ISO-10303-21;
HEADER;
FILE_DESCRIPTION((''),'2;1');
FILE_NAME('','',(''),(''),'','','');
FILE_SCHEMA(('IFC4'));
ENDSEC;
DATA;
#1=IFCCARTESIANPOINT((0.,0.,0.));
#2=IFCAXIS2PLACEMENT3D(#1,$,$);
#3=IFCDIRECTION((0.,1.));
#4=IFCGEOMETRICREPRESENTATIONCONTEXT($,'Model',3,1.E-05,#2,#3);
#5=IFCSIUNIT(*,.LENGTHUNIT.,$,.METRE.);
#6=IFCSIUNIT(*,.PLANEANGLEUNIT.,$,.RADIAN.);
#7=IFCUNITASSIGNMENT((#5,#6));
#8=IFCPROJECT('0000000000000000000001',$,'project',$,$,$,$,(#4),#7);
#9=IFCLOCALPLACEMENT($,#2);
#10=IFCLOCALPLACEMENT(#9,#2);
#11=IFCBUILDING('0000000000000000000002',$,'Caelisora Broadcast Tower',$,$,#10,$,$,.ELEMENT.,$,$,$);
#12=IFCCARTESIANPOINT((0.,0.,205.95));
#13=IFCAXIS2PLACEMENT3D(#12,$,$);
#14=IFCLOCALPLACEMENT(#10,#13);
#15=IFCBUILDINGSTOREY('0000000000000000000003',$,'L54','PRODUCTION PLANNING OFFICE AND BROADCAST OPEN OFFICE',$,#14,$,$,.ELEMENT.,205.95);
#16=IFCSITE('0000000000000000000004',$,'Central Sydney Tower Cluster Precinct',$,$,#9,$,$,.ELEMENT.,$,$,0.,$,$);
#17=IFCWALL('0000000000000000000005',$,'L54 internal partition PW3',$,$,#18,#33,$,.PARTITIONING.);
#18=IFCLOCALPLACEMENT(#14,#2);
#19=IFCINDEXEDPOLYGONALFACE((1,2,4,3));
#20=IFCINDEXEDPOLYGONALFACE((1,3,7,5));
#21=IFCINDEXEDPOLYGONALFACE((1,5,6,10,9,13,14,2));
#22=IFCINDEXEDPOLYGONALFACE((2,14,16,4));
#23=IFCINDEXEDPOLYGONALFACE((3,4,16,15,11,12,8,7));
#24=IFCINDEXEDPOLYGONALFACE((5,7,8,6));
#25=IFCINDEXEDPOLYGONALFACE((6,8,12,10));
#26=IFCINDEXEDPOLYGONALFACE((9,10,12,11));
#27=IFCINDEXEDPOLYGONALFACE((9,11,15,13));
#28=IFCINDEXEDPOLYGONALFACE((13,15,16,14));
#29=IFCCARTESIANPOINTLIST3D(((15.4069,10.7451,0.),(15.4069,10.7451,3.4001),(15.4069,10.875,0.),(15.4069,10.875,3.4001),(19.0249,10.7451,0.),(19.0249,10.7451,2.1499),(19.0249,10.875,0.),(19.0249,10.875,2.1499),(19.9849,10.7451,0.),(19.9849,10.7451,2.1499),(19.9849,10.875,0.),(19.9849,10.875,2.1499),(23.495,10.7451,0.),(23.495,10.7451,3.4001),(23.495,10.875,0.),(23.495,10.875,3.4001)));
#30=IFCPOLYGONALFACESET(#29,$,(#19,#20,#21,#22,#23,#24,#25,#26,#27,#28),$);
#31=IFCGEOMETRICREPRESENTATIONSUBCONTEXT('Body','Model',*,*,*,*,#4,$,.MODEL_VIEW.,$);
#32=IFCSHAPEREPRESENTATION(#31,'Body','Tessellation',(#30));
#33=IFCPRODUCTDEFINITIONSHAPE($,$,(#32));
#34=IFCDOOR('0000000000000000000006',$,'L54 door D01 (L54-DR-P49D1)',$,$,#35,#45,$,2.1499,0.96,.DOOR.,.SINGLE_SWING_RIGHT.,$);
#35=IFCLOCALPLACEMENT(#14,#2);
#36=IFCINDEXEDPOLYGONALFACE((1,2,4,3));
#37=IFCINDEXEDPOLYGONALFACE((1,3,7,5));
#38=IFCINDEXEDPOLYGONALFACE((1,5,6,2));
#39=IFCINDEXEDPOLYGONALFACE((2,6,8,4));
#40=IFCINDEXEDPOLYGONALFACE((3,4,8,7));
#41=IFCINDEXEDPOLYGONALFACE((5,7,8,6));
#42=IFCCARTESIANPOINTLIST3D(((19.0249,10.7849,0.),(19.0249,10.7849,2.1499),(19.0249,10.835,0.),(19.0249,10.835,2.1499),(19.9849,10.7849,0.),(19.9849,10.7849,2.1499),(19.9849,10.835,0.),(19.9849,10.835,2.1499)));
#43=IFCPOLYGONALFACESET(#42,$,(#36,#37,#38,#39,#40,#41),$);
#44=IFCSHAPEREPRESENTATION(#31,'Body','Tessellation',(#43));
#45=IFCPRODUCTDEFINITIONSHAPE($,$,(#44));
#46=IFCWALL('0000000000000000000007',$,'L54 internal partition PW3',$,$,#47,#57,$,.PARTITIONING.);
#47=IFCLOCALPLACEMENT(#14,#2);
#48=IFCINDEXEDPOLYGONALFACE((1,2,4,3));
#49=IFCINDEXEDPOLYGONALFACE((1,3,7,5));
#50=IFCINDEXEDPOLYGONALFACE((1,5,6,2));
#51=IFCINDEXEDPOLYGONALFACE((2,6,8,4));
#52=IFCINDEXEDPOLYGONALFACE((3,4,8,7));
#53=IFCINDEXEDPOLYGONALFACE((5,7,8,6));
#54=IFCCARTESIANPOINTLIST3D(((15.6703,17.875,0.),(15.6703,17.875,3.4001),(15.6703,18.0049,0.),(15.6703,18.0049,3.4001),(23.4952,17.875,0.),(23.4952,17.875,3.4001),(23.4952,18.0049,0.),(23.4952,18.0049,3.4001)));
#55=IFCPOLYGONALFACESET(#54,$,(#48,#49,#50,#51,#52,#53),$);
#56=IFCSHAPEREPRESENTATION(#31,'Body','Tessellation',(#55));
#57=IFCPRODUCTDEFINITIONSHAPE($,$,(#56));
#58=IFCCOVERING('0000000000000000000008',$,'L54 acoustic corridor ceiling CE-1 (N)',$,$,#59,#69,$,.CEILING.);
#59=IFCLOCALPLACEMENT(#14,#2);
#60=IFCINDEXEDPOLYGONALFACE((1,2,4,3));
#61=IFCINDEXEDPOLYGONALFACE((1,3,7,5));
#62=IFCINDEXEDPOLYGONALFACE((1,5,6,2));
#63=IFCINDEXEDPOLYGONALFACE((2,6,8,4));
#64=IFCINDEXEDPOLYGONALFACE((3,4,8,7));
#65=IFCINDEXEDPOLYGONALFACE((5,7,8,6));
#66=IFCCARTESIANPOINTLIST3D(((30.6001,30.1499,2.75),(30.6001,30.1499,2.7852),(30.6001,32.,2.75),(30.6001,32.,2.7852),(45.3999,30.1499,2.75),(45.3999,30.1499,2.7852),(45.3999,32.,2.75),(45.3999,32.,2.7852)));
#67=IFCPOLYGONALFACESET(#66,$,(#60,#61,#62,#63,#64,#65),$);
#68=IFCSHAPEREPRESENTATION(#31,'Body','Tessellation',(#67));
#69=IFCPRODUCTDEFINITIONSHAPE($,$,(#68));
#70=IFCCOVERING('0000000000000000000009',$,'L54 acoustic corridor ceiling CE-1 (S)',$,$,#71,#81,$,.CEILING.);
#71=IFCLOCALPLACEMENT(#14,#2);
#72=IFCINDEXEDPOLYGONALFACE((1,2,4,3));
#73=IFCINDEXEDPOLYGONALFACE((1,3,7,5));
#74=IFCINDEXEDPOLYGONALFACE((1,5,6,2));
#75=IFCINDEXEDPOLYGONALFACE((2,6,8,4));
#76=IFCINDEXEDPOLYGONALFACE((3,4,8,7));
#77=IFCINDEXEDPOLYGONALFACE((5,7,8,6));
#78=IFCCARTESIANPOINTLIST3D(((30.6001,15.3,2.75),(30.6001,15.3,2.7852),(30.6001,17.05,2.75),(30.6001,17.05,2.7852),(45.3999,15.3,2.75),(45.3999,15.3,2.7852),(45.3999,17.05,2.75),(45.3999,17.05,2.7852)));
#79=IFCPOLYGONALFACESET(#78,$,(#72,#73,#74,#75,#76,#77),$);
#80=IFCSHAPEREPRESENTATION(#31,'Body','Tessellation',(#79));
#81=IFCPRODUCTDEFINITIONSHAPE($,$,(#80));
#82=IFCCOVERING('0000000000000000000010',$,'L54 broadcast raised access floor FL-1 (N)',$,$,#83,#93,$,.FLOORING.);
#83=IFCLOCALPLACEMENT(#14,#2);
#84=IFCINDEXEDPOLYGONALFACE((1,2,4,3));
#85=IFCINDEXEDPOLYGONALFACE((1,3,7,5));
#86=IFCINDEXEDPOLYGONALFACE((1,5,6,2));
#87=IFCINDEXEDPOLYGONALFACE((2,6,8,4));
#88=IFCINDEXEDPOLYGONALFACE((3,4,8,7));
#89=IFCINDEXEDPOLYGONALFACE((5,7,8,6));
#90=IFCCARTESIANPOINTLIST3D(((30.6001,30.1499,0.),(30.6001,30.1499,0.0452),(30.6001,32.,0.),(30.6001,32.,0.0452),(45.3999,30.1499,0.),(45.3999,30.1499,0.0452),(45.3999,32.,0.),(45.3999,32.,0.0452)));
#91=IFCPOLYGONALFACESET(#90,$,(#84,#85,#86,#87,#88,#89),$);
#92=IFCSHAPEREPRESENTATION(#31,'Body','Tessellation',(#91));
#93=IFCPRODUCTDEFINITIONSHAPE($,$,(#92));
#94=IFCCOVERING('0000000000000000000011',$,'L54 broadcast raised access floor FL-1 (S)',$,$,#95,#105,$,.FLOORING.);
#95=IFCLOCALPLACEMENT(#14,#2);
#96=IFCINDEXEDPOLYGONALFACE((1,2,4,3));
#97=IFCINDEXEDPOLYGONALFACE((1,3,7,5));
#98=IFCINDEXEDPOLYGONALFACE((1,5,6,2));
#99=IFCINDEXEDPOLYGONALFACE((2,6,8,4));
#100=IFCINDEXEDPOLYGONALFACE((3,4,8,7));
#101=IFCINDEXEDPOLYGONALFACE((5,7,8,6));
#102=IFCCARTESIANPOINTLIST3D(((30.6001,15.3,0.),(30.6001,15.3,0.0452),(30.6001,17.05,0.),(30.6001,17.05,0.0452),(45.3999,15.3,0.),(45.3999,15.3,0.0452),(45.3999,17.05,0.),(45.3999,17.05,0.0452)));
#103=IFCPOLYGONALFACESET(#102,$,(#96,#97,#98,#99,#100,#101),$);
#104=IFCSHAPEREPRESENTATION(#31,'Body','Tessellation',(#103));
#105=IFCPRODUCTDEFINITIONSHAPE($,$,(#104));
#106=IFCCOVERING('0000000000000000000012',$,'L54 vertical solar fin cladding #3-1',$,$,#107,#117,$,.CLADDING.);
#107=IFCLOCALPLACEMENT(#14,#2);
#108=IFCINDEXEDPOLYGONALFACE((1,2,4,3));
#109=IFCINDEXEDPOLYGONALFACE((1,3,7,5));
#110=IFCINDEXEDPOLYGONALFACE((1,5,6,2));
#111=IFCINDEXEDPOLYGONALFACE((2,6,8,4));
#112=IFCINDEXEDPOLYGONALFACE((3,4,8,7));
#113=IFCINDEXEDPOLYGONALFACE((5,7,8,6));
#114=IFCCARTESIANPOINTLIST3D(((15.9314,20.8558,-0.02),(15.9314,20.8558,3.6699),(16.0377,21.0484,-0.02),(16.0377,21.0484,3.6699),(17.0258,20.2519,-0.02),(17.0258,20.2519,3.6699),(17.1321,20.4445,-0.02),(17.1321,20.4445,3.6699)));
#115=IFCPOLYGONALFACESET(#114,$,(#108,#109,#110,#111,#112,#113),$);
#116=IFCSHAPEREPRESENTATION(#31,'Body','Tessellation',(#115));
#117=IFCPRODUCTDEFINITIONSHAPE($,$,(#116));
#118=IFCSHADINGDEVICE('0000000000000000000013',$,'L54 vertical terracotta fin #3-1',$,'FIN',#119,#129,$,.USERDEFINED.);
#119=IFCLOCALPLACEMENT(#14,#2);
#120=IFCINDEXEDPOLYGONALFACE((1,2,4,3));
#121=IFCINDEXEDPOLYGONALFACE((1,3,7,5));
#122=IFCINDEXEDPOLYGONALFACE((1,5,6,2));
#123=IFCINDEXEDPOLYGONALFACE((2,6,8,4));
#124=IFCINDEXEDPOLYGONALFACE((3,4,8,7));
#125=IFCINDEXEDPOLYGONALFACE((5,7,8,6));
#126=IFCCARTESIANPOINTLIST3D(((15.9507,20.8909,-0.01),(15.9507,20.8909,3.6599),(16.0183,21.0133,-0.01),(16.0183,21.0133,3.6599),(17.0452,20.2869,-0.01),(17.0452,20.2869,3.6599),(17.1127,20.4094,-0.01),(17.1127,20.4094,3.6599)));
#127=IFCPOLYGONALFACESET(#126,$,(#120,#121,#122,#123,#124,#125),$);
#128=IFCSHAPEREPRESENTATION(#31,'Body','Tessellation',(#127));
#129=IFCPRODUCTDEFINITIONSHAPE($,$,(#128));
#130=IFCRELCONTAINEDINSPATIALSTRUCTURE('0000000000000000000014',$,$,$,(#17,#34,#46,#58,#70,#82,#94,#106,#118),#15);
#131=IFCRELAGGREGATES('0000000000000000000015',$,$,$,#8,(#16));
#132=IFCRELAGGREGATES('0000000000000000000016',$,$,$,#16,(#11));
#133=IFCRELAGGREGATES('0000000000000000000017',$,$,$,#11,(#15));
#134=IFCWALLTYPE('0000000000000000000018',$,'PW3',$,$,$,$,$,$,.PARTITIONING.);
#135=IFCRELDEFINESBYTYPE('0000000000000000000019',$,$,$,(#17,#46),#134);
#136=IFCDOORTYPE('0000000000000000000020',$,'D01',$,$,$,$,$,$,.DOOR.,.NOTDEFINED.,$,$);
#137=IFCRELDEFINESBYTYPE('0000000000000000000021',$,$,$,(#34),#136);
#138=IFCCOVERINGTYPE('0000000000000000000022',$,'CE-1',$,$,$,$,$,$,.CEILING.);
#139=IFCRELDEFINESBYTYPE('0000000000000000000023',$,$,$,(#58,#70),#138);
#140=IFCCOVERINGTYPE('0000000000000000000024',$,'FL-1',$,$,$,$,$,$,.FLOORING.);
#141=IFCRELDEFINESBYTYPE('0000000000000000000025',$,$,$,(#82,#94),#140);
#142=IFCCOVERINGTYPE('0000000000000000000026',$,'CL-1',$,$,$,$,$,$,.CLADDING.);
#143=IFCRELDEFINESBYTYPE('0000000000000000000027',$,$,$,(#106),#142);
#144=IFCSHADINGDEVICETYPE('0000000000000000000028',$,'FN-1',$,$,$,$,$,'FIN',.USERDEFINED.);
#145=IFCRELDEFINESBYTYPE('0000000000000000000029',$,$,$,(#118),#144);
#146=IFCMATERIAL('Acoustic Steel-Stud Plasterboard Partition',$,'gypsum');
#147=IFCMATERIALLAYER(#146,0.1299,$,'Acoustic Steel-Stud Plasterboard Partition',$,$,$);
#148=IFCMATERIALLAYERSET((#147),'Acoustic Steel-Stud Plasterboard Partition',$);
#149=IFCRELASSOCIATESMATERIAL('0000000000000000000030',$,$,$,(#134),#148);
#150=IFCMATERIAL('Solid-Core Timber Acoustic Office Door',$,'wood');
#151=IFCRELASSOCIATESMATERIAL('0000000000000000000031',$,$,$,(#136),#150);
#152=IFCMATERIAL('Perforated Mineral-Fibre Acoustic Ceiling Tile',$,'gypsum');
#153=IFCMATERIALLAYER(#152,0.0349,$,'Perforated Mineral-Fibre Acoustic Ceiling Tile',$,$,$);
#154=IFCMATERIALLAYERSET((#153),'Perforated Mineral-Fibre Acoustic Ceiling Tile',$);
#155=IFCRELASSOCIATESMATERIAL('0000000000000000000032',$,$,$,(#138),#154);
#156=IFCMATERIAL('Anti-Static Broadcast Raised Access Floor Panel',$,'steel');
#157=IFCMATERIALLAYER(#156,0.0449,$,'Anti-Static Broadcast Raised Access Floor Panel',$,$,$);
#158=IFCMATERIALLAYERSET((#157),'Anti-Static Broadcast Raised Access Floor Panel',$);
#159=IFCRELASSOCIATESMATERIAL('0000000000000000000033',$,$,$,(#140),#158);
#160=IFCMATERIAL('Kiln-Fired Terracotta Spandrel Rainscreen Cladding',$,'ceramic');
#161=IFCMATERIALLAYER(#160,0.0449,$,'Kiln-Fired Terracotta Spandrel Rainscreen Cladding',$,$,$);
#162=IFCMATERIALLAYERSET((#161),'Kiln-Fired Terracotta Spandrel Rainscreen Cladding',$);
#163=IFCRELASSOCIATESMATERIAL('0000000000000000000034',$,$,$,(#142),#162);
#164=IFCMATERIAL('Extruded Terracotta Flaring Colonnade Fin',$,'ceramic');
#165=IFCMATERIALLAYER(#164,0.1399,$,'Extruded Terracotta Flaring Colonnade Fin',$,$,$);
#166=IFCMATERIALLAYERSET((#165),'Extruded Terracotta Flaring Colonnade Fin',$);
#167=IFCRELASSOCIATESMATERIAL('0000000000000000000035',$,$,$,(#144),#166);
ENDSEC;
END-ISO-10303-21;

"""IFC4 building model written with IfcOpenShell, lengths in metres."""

from ifc_helpers import new_model, si_unit, direction, frame, frame_2d, origin, origin_2d, place, context, subcontext, project, spatial, polyline, rectangle, outline, extrude, source, transform, mapped, material, layer, layer_set, type_object, type_shapes, element, fill, save


model = new_model("IFC4")

# Units and contexts
model_context = context("Model", 3, precision=1e-05, world=origin(), true_north=direction((0.0, 1.0)))
body_context = subcontext(model_context, "Body", "Model", "MODEL_VIEW")
ifc_project = project(units=[si_unit("LENGTHUNIT", "METRE"), si_unit("PLANEANGLEUNIT", "RADIAN")], contexts=[model_context])

# Site, building, storey
site_placement = place(None, origin())
site = spatial("IfcSite", under=ifc_project, at=site_placement, Name="Central Sydney Tower Cluster Precinct", CompositionType="ELEMENT", RefElevation=0.0)
building_placement = place(site_placement, origin())
building = spatial("IfcBuilding", under=site, at=building_placement, Name="Caelisora Broadcast Tower", CompositionType="ELEMENT")
storey_placement = place(building_placement, frame((0.0, 0.0, 205.95)))
storey = spatial("IfcBuildingStorey", under=building, at=storey_placement, Name="L54", Description="PRODUCTION PLANNING OFFICE AND BROADCAST OPEN OFFICE", CompositionType="ELEMENT", Elevation=205.95)

# Wall, opening, door
ifc_material_1 = material(Name="Acoustic Steel-Stud Plasterboard Partition", Category="gypsum")
ifc_layer_1 = layer(ifc_material_1, 0.1299, Name="Acoustic Steel-Stud Plasterboard Partition")
ifc_layer_set_1 = layer_set([ifc_layer_1], Name="Acoustic Steel-Stud Plasterboard Partition")
wall_type_1 = type_object("IfcWallType", Name="PW3", PredefinedType="PARTITIONING", material=ifc_layer_set_1)
ifc_material_2 = material(Name="Solid-Core Timber Acoustic Office Door", Category="wood")
door_type = type_object("IfcDoorType", Name="D01", OperationType="NOTDEFINED", PredefinedType="DOOR", material=ifc_material_2)
wall_1_placement = place(storey_placement, frame((15.407, 10.8101, 0.0), z_axis=(0.0, 0.0, 1.0), x_axis=(1.0, 0.0, 0.0)))
wall_1 = element("IfcWall", 1, at=wall_1_placement, inside=storey, type_object=wall_type_1, Name="L54 internal partition PW3", PredefinedType="PARTITIONING", context=body_context, shape_type="SweptSolid", body=[
    extrude(rectangle(XDim=8.0881, YDim=0.1299, at=frame_2d((4.0439, 0.0))), origin(), (0.0, 0.0, 1.0), 3.4001),
])
opening_1_placement = place(wall_1_placement, frame((3.6179, 0.0, 0.0)))
opening_1 = element("IfcOpeningElement", 2, at=opening_1_placement, cuts=wall_1, PredefinedType="OPENING", context=body_context, shape_type="SweptSolid", body=[
    extrude(rectangle(XDim=0.96, YDim=2.1499, at=frame_2d((0.48, 1.075))), frame((0.0, 0.0769, 0.0), z_axis=(0.0, -1.0, 0.0), x_axis=(1.0, 0.0, 0.0)), (0.0, 0.0, 1.0), 0.1538),
])
door_1_placement = place(opening_1_placement, origin())
door_1 = element("IfcDoor", 3, at=door_1_placement, inside=storey, type_object=door_type, Name="L54 door D01 (L54-DR-P49D1)", OperationType="SINGLE_SWING_RIGHT", OverallHeight=2.1499, OverallWidth=0.96, PredefinedType="DOOR", context=body_context, shape_type="SweptSolid", body=[
    extrude(rectangle(XDim=0.96, YDim=2.1499, at=frame_2d((0.48, 1.075))), frame((0.0, 0.0249, 0.0), z_axis=(0.0, -1.0, 0.0), x_axis=(1.0, 0.0, 0.0)), (0.0, 0.0, 1.0), 0.05),
])
fill(opening_1, door_1)

# Wall
wall_2_placement = place(storey_placement, frame((15.6702, 17.9399, 0.0), z_axis=(0.0, 0.0, 1.0), x_axis=(1.0, 0.0, 0.0)))
element("IfcWall", 4, at=wall_2_placement, inside=storey, type_object=wall_type_1, Name="L54 internal partition PW3", PredefinedType="PARTITIONING", context=body_context, shape_type="SweptSolid", body=[
    extrude(rectangle(XDim=7.825, YDim=0.1299, at=frame_2d((3.9126, 0.0))), origin(), (0.0, 0.0, 1.0), 3.4001),
])

# Coverings
ifc_material_3 = material(Name="Perforated Mineral-Fibre Acoustic Ceiling Tile", Category="gypsum")
ifc_layer_2 = layer(ifc_material_3, 0.0349, Name="Perforated Mineral-Fibre Acoustic Ceiling Tile")
ifc_layer_set_2 = layer_set([ifc_layer_2], Name="Perforated Mineral-Fibre Acoustic Ceiling Tile")
covering_type_1 = type_object("IfcCoveringType", Name="CE-1", PredefinedType="CEILING", material=ifc_layer_set_2)
covering_1_placement = place(storey_placement, frame((0.0, 0.0, 2.75)))
element("IfcCovering", 5, at=covering_1_placement, inside=storey, type_object=covering_type_1, Name="L54 acoustic corridor ceiling CE-1 (N)", PredefinedType="CEILING", context=body_context, shape_type="SweptSolid", body=[
    extrude(outline(polyline([(30.6001, 30.1499), (45.3999, 30.1499), (45.3999, 32.0), (30.6001, 32.0), (30.6001, 30.1499)])), origin(), (0.0, 0.0, 1.0), 0.0352),
])
covering_2_placement = place(storey_placement, frame((0.0, 0.0, 2.75)))
element("IfcCovering", 6, at=covering_2_placement, inside=storey, type_object=covering_type_1, Name="L54 acoustic corridor ceiling CE-1 (S)", PredefinedType="CEILING", context=body_context, shape_type="SweptSolid", body=[
    extrude(outline(polyline([(30.6001, 15.3), (45.3999, 15.3), (45.3999, 17.05), (30.6001, 17.05), (30.6001, 15.3)])), origin(), (0.0, 0.0, 1.0), 0.0352),
])
ifc_material_4 = material(Name="Anti-Static Broadcast Raised Access Floor Panel", Category="steel")
ifc_layer_3 = layer(ifc_material_4, 0.0449, Name="Anti-Static Broadcast Raised Access Floor Panel")
ifc_layer_set_3 = layer_set([ifc_layer_3], Name="Anti-Static Broadcast Raised Access Floor Panel")
covering_type_2 = type_object("IfcCoveringType", Name="FL-1", PredefinedType="FLOORING", material=ifc_layer_set_3)
covering_3_placement = place(storey_placement, origin())
element("IfcCovering", 7, at=covering_3_placement, inside=storey, type_object=covering_type_2, Name="L54 broadcast raised access floor FL-1 (N)", PredefinedType="FLOORING", context=body_context, shape_type="SweptSolid", body=[
    extrude(outline(polyline([(30.6001, 30.1499), (45.3999, 30.1499), (45.3999, 32.0), (30.6001, 32.0), (30.6001, 30.1499)])), origin(), (0.0, 0.0, 1.0), 0.0452),
])
covering_4_placement = place(storey_placement, origin())
element("IfcCovering", 8, at=covering_4_placement, inside=storey, type_object=covering_type_2, Name="L54 broadcast raised access floor FL-1 (S)", PredefinedType="FLOORING", context=body_context, shape_type="SweptSolid", body=[
    extrude(outline(polyline([(30.6001, 15.3), (45.3999, 15.3), (45.3999, 17.05), (30.6001, 17.05), (30.6001, 15.3)])), origin(), (0.0, 0.0, 1.0), 0.0452),
])
ifc_material_5 = material(Name="Kiln-Fired Terracotta Spandrel Rainscreen Cladding", Category="ceramic")
ifc_layer_4 = layer(ifc_material_5, 0.0449, Name="Kiln-Fired Terracotta Spandrel Rainscreen Cladding")
ifc_layer_set_4 = layer_set([ifc_layer_4], Name="Kiln-Fired Terracotta Spandrel Rainscreen Cladding")
covering_type_3 = type_object("IfcCoveringType", Name="CL-1", PredefinedType="CLADDING", material=ifc_layer_set_4)
shared_shape_1 = source(origin(), body_context, "Body", "SweptSolid", [
    extrude(rectangle(XDim=0.22, YDim=1.25, at=origin_2d()), origin(), (0.0, 0.0, 1.0), 3.6899),
])
type_shapes(covering_type_3, [shared_shape_1])
covering_5_placement = place(storey_placement, frame((16.5317, 20.6501, -0.02), z_axis=(0.0, 0.0, 1.0), x_axis=(0.48313, 0.875549, 0.0)))
element("IfcCovering", 9, at=covering_5_placement, inside=storey, type_object=covering_type_3, Name="L54 vertical solar fin cladding #3-1", PredefinedType="CLADDING", context=body_context, shape_type="MappedRepresentation", body=[
    mapped(shared_shape_1, transform((0.0, 0.0, 0.0), scale=1.0)),
])

# Shading device
ifc_material_6 = material(Name="Extruded Terracotta Flaring Colonnade Fin", Category="ceramic")
ifc_layer_5 = layer(ifc_material_6, 0.1399, Name="Extruded Terracotta Flaring Colonnade Fin")
ifc_layer_set_5 = layer_set([ifc_layer_5], Name="Extruded Terracotta Flaring Colonnade Fin")
shading_device_type = type_object("IfcShadingDeviceType", Name="FN-1", ElementType="FIN", PredefinedType="USERDEFINED", material=ifc_layer_set_5)
shared_shape_2 = source(origin(), body_context, "Body", "SweptSolid", [
    extrude(rectangle(XDim=0.1399, YDim=1.25, at=origin_2d()), origin(), (0.0, 0.0, 1.0), 3.6699),
])
type_shapes(shading_device_type, [shared_shape_2])
shading_device_placement = place(storey_placement, frame((16.5317, 20.6501, -0.01), z_axis=(0.0, 0.0, 1.0), x_axis=(0.48313, 0.875549, 0.0)))
element("IfcShadingDevice", 10, at=shading_device_placement, inside=storey, type_object=shading_device_type, Name="L54 vertical terracotta fin #3-1", ObjectType="FIN", PredefinedType="USERDEFINED", context=body_context, shape_type="MappedRepresentation", body=[
    mapped(shared_shape_2, transform((0.0, 0.0, 0.0), scale=1.0)),
])

save(model, "model.ifc")
